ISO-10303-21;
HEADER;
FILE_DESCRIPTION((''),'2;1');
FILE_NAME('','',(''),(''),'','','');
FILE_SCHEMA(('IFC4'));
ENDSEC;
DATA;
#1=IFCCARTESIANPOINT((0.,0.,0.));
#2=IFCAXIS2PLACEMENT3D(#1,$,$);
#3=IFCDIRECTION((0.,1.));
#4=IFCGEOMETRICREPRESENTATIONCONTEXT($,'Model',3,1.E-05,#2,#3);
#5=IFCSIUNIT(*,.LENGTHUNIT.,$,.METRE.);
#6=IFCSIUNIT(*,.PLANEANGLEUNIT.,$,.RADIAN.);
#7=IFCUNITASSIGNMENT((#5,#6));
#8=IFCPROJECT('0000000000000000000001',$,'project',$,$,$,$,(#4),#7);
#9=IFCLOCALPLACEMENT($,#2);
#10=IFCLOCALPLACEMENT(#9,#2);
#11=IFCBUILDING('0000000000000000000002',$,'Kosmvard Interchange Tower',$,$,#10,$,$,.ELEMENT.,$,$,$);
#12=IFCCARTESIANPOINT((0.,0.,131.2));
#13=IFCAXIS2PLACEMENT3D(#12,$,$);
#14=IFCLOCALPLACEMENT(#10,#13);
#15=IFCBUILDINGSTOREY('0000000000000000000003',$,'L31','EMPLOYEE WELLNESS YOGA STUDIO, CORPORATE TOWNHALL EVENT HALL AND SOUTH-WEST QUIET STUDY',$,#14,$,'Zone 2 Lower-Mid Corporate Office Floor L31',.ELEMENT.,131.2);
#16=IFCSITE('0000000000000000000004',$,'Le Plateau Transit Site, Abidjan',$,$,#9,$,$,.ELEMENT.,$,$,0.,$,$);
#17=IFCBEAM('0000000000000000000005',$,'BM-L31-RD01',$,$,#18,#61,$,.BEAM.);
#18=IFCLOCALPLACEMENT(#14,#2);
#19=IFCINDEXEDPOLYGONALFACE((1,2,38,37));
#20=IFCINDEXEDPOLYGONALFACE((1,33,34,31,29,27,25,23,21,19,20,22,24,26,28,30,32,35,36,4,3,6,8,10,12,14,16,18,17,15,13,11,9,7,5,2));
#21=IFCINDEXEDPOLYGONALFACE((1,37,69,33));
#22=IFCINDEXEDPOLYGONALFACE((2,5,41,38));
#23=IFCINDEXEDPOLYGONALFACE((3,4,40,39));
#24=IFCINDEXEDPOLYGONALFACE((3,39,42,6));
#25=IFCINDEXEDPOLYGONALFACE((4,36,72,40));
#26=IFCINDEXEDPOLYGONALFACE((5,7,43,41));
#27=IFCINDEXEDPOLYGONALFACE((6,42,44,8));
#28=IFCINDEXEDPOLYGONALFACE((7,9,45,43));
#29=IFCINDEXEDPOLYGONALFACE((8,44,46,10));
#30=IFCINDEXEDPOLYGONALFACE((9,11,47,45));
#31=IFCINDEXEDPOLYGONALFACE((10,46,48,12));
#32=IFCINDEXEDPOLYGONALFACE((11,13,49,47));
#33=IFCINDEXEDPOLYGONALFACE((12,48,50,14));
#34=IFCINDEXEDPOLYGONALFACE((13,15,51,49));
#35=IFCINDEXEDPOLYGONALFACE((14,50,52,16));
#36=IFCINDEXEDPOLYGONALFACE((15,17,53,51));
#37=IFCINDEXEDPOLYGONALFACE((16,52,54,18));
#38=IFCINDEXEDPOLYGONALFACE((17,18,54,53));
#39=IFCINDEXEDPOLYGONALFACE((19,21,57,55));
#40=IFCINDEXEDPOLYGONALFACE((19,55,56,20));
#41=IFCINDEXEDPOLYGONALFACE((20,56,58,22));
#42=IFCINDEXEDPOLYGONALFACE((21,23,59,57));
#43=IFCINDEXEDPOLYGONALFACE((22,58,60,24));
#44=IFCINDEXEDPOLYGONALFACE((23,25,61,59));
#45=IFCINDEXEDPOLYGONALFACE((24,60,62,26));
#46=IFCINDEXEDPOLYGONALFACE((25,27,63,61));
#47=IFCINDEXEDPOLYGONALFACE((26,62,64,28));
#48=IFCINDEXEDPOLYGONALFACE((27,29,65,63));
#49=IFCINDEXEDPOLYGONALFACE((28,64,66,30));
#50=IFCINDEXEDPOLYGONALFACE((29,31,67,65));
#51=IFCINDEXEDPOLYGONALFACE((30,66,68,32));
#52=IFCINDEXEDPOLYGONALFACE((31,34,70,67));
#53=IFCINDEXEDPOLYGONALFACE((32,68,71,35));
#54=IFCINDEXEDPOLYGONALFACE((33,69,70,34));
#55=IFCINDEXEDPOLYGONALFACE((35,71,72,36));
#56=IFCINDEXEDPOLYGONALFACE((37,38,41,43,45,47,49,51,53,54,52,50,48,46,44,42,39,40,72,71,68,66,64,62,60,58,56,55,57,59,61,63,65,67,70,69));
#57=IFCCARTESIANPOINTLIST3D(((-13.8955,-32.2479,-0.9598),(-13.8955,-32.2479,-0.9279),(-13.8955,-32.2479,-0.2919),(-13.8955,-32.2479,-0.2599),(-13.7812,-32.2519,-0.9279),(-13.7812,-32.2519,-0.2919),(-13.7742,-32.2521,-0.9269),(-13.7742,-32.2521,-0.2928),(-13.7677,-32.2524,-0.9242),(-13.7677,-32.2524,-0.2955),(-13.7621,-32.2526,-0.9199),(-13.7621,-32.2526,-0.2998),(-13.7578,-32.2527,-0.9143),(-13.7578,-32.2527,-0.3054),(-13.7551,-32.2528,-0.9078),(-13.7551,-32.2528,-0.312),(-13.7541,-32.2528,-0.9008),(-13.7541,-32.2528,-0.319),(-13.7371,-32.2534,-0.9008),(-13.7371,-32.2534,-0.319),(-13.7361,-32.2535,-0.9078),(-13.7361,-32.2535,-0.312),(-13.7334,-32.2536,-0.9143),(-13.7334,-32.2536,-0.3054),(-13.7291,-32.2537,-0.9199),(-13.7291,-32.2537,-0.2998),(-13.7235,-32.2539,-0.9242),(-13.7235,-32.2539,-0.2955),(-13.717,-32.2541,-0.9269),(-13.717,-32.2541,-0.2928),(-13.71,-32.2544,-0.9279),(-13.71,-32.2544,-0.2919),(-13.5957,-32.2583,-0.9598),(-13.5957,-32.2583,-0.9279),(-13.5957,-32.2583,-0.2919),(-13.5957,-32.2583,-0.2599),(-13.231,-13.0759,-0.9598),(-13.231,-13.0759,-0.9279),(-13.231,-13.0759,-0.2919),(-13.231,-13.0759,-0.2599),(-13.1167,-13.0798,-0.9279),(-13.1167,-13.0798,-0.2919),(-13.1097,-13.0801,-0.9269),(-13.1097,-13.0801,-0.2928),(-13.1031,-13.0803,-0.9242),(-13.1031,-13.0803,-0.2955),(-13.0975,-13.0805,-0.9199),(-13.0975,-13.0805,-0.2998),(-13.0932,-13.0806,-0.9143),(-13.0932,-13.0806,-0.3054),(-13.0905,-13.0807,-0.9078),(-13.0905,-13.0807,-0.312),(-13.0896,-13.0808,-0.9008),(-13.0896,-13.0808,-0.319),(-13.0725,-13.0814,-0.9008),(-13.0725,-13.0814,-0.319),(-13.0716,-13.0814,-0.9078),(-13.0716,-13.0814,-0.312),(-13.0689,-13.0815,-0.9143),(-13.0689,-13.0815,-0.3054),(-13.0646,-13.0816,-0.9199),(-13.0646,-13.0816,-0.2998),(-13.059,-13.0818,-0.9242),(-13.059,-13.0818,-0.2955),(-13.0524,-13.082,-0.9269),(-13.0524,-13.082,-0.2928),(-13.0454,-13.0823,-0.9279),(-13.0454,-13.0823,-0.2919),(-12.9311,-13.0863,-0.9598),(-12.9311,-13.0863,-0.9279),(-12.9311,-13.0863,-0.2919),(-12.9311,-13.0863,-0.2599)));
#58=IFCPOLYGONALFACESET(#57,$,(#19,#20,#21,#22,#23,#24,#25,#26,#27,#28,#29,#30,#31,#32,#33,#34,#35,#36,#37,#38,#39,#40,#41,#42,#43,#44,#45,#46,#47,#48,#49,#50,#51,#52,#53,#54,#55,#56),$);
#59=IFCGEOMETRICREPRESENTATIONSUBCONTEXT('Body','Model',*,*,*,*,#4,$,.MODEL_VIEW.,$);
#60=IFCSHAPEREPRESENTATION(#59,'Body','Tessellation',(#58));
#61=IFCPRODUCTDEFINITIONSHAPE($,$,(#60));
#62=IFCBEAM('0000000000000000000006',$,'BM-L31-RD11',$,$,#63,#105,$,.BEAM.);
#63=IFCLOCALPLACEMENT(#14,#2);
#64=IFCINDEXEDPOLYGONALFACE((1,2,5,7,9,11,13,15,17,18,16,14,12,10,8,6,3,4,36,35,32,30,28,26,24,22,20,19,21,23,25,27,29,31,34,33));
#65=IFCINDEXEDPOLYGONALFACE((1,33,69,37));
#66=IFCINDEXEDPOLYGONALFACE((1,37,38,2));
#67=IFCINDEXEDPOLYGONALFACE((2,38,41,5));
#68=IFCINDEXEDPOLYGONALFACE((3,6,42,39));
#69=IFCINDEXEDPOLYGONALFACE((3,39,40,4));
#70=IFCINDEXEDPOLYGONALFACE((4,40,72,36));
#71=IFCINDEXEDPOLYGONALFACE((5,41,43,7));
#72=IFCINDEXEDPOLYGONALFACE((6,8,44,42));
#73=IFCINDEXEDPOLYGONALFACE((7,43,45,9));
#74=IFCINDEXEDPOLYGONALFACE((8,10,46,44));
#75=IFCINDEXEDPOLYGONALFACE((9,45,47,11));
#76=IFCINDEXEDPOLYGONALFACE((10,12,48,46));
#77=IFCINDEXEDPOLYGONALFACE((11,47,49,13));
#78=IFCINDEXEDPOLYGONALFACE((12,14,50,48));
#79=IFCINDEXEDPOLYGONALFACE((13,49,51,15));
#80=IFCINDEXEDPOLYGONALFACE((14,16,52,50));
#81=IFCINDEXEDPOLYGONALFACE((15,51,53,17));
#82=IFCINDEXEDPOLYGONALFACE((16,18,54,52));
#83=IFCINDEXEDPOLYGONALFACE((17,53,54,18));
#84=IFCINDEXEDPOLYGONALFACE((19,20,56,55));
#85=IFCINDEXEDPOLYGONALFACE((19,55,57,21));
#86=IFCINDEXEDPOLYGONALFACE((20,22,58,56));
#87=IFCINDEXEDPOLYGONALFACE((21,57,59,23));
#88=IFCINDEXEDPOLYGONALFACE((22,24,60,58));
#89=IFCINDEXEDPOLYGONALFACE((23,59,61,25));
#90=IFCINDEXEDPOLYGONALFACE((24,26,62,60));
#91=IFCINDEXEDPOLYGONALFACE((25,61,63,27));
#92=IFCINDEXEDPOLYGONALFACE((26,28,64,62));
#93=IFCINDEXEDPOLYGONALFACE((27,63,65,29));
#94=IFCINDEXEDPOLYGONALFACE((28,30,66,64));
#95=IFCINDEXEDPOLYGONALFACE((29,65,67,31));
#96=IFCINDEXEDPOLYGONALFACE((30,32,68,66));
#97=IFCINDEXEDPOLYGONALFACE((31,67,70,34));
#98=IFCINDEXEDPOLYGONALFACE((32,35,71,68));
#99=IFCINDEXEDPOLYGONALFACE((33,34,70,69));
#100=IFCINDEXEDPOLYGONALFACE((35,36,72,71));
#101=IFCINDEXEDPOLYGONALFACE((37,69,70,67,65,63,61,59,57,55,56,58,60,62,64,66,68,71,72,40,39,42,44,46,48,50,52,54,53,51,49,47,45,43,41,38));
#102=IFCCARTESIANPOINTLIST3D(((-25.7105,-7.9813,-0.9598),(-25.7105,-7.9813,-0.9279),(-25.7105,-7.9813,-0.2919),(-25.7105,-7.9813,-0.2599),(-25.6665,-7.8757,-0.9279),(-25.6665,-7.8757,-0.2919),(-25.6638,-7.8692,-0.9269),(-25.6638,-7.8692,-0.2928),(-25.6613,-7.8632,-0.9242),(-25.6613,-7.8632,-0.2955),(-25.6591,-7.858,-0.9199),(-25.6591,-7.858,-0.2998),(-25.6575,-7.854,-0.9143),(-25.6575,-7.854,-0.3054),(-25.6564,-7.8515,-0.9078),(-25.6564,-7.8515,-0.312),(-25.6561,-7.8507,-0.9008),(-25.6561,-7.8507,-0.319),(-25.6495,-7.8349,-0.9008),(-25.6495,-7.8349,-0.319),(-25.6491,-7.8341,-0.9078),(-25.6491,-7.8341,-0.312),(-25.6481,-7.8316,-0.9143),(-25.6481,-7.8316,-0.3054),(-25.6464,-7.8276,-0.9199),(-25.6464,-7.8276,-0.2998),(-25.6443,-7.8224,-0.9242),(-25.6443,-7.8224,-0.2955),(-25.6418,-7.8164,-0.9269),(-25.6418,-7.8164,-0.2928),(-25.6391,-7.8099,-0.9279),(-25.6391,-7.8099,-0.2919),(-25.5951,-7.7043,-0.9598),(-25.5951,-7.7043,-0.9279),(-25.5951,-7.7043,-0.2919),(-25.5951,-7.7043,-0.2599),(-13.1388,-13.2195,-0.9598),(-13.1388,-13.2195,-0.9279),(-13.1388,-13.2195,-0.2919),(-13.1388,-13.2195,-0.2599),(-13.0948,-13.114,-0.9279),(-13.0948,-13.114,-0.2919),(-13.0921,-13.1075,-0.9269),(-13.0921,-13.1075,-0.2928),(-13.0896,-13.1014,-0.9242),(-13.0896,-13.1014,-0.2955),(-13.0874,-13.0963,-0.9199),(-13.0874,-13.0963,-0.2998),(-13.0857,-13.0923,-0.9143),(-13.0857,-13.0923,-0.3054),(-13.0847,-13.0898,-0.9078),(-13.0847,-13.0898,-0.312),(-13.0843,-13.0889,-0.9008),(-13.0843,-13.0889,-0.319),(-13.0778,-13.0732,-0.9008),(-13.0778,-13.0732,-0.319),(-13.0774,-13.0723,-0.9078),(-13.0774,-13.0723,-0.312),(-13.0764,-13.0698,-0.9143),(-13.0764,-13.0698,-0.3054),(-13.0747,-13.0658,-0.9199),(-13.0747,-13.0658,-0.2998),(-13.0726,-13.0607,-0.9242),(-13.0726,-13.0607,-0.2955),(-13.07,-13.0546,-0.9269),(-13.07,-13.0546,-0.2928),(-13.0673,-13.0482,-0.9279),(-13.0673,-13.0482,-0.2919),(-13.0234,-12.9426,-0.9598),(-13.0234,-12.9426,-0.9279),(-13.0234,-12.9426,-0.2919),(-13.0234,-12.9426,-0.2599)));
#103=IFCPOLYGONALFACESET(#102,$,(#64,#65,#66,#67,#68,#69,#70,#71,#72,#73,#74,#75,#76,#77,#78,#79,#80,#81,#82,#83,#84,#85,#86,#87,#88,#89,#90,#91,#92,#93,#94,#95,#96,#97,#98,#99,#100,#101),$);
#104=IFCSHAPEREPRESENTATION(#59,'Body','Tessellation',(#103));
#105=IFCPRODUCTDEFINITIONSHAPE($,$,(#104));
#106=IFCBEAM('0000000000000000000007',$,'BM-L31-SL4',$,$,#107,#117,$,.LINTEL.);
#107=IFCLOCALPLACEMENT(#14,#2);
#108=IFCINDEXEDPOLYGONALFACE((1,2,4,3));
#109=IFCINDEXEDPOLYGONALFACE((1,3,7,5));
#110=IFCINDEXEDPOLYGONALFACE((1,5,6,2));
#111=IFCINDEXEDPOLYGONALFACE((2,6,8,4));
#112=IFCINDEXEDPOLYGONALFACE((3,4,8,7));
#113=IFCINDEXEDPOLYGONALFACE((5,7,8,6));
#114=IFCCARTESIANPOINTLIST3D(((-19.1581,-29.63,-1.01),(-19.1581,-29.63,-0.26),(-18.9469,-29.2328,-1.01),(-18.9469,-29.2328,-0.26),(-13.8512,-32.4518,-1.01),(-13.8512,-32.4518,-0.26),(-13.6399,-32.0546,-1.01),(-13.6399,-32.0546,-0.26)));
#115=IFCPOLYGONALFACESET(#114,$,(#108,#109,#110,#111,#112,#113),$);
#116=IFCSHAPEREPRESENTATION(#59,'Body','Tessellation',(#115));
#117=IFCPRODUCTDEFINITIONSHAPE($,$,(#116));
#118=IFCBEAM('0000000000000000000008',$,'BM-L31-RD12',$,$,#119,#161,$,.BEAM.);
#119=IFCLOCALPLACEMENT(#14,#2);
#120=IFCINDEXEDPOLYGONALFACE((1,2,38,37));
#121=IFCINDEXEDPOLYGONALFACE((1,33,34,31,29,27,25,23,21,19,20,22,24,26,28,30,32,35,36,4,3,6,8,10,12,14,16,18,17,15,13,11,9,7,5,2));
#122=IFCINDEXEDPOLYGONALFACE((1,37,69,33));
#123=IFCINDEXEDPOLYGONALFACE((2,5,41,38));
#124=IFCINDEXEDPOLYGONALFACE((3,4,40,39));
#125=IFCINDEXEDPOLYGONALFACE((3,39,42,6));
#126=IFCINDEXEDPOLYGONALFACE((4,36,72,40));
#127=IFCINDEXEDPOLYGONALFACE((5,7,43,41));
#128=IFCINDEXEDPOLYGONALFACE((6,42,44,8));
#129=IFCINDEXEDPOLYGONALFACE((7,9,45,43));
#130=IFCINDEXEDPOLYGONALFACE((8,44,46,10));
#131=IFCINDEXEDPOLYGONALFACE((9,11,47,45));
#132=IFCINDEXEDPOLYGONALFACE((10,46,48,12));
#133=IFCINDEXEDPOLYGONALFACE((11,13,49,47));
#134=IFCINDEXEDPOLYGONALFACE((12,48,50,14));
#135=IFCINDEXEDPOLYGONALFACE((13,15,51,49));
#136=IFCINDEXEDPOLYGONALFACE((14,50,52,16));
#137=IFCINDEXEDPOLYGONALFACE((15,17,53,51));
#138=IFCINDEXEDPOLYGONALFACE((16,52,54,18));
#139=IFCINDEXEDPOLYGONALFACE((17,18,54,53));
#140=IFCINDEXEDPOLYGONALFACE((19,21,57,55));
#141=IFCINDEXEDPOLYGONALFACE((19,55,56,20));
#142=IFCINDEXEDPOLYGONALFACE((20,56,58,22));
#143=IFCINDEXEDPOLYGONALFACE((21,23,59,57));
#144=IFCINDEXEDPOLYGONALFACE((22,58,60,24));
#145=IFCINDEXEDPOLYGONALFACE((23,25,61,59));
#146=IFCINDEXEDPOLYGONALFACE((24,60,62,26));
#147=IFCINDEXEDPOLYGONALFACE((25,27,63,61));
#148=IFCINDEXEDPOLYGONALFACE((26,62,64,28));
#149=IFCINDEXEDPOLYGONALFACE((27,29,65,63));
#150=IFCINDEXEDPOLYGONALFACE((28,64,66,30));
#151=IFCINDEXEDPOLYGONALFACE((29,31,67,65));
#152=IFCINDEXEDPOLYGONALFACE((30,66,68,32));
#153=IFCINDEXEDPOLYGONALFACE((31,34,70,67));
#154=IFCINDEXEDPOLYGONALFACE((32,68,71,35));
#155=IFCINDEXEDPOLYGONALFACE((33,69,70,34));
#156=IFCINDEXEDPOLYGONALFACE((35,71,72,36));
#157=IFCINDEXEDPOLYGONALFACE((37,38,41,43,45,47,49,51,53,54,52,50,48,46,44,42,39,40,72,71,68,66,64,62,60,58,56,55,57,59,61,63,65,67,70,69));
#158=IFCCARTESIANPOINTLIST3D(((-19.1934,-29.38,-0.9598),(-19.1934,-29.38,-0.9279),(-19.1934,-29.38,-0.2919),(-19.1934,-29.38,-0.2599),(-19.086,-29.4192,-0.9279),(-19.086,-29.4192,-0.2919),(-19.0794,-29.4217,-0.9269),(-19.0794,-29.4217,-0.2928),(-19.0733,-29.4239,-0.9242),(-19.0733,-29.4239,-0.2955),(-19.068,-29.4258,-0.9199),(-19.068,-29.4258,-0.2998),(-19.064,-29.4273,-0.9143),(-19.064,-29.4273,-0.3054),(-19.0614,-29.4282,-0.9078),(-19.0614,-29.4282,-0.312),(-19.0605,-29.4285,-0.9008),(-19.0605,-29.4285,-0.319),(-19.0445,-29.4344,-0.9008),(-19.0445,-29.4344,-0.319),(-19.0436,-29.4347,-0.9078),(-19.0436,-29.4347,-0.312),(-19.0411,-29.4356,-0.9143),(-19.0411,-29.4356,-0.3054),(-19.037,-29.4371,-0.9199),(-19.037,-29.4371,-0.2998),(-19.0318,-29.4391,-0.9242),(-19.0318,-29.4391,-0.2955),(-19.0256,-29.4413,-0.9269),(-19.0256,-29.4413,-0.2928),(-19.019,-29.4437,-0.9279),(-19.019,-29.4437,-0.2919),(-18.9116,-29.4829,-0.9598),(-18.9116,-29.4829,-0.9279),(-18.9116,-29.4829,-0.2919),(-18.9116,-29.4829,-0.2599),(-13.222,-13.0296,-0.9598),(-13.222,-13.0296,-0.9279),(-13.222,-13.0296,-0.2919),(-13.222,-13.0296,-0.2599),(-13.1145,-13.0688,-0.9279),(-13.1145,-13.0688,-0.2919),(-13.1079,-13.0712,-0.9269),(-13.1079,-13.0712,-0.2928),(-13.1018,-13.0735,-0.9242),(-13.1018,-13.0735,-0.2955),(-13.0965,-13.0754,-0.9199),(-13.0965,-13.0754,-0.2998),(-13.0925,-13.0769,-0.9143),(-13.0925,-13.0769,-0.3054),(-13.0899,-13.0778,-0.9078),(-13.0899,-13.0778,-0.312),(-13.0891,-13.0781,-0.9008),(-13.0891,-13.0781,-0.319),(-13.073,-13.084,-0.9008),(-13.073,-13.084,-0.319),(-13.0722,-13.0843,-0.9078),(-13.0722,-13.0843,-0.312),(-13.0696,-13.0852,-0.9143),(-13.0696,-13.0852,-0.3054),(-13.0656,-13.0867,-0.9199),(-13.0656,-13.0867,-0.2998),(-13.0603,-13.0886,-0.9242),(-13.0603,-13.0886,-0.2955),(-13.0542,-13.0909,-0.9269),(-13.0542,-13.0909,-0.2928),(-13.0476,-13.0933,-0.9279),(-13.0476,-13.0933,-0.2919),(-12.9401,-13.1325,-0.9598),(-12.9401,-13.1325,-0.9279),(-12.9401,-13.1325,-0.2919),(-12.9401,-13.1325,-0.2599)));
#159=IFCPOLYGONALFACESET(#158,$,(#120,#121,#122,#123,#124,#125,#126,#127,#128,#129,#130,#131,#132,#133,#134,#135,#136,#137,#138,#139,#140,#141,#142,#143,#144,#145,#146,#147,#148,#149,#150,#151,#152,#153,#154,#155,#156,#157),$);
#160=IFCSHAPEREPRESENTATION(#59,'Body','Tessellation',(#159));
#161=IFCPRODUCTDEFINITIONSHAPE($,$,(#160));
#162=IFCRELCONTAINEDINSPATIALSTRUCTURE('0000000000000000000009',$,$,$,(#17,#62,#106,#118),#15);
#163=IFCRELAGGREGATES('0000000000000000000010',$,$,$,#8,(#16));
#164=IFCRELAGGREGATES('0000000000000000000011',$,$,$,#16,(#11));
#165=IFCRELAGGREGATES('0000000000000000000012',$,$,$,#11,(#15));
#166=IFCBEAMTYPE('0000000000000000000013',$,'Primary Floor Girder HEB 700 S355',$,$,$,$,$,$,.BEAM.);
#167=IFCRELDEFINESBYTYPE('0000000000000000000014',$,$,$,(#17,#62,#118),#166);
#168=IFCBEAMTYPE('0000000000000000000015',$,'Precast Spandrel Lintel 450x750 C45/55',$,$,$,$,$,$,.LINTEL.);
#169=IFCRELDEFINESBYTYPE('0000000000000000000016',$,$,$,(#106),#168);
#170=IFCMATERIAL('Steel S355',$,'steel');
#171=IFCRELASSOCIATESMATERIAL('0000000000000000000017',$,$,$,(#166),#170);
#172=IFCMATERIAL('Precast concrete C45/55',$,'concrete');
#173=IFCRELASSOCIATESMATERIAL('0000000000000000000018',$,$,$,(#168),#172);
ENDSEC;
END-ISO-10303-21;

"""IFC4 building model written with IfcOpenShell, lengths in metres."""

from ifc_helpers import new_model, si_unit, direction, frame, origin, origin_2d, place, context, subcontext, project, spatial, rectangle, i_section, extrude, source, transform, mapped, material, material_profile, profile_set, type_object, element, save


model = new_model("IFC4")

# Units and contexts
model_context = context("Model", 3, precision=1e-05, world=origin(), true_north=direction((0.0, 1.0)))
body_context = subcontext(model_context, "Body", "Model", "MODEL_VIEW")
ifc_project = project(units=[si_unit("LENGTHUNIT", "METRE"), si_unit("PLANEANGLEUNIT", "RADIAN")], contexts=[model_context])

# Site, building, storey
site_placement = place(None, origin())
site = spatial("IfcSite", under=ifc_project, at=site_placement, Name="Le Plateau Transit Site, Abidjan", CompositionType="ELEMENT", RefElevation=0.0)
building_placement = place(site_placement, origin())
building = spatial("IfcBuilding", under=site, at=building_placement, Name="Kosmvard Interchange Tower", CompositionType="ELEMENT")
storey_placement = place(building_placement, frame((0.0, 0.0, 131.2)))
storey = spatial("IfcBuildingStorey", under=building, at=storey_placement, Name="L31", Description="EMPLOYEE WELLNESS YOGA STUDIO, CORPORATE TOWNHALL EVENT HALL AND SOUTH-WEST QUIET STUDY", LongName="Zone 2 Lower-Mid Corporate Office Floor L31", CompositionType="ELEMENT", Elevation=131.2)

# Beams
ifc_material_1 = material(Name="Steel S355", Category="steel")
ifc_material_profile_1 = material_profile(ifc_material_1, i_section(OverallWidth=0.3, OverallDepth=0.7, WebThickness=0.0171, FlangeThickness=0.032, FilletRadius=0.0271, at=origin_2d()), Name="HEB 700")
ifc_profile_set_1 = profile_set([ifc_material_profile_1], Name="Steel S355")
beam_type_1 = type_object("IfcBeamType", Name="Primary Floor Girder HEB 700 S355", PredefinedType="BEAM", material=ifc_profile_set_1)
shared_shape_1 = source(origin(), body_context, "Body", "SweptSolid", [
    extrude(i_section(OverallWidth=0.3, OverallDepth=0.7, WebThickness=0.0171, FlangeThickness=0.032, FilletRadius=0.0271, at=origin_2d()), origin(), (0.0, 0.0, 1.0), 19.1836),
])
beam_1_placement = place(storey_placement, frame((-13.0811, -13.0811, -0.6099), z_axis=(-0.034642, -0.9994, 0.0), x_axis=(0.9994, -0.034642, 0.0)))
element("IfcBeam", 1, at=beam_1_placement, inside=storey, type_object=beam_type_1, Name="BM-L31-RD01", PredefinedType="BEAM", context=body_context, shape_type="MappedRepresentation", body=[
    mapped(shared_shape_1, transform((0.0, 0.0, 0.0), scale=1.0)),
])
shared_shape_2 = source(origin(), body_context, "Body", "SweptSolid", [
    extrude(i_section(OverallWidth=0.3, OverallDepth=0.7, WebThickness=0.0171, FlangeThickness=0.032, FilletRadius=0.0271, at=origin_2d()), origin(), (0.0, 0.0, 1.0), 13.6194),
])
beam_2_placement = place(storey_placement, frame((-13.0811, -13.0811, -0.6099), z_axis=(-0.923076, 0.384618, 0.0), x_axis=(-0.384618, -0.923076, 0.0)))
element("IfcBeam", 2, at=beam_2_placement, inside=storey, type_object=beam_type_1, Name="BM-L31-RD11", PredefinedType="BEAM", context=body_context, shape_type="MappedRepresentation", body=[
    mapped(shared_shape_2, transform((0.0, 0.0, 0.0), scale=1.0)),
])
ifc_material_2 = material(Name="Precast concrete C45/55", Category="concrete")
ifc_material_profile_2 = material_profile(ifc_material_2, rectangle(XDim=0.45, YDim=0.75, at=origin_2d()), Name="SL 450x750")
ifc_profile_set_2 = profile_set([ifc_material_profile_2], Name="Precast concrete C45/55")
beam_type_2 = type_object("IfcBeamType", Name="Precast Spandrel Lintel 450x750 C45/55", PredefinedType="LINTEL", material=ifc_profile_set_2)
shared_shape_3 = source(origin(), body_context, "Body", "SweptSolid", [
    extrude(rectangle(XDim=0.45, YDim=0.75, at=origin_2d()), origin(), (0.0, 0.0, 1.0), 6.0105),
])
beam_3_placement = place(storey_placement, frame((-19.0525, -29.4314, -0.635), z_axis=(0.882944, -0.469479, 0.0), x_axis=(0.469479, 0.882944, 0.0)))
element("IfcBeam", 3, at=beam_3_placement, inside=storey, type_object=beam_type_2, Name="BM-L31-SL4", PredefinedType="LINTEL", context=body_context, shape_type="MappedRepresentation", body=[
    mapped(shared_shape_3, transform((0.0, 0.0, 0.0), scale=1.0)),
])
shared_shape_4 = source(origin(), body_context, "Body", "SweptSolid", [
    extrude(i_section(OverallWidth=0.3, OverallDepth=0.7, WebThickness=0.0171, FlangeThickness=0.032, FilletRadius=0.0271, at=origin_2d()), origin(), (0.0, 0.0, 1.0), 17.4067),
])
beam_4_placement = place(storey_placement, frame((-13.0811, -13.0811, -0.6099), z_axis=(-0.343055, -0.939315, 0.0), x_axis=(0.939315, -0.343055, 0.0)))
element("IfcBeam", 4, at=beam_4_placement, inside=storey, type_object=beam_type_1, Name="BM-L31-RD12", PredefinedType="BEAM", context=body_context, shape_type="MappedRepresentation", body=[
    mapped(shared_shape_4, transform((0.0, 0.0, 0.0), scale=1.0)),
])

save(model, "model.ifc")
